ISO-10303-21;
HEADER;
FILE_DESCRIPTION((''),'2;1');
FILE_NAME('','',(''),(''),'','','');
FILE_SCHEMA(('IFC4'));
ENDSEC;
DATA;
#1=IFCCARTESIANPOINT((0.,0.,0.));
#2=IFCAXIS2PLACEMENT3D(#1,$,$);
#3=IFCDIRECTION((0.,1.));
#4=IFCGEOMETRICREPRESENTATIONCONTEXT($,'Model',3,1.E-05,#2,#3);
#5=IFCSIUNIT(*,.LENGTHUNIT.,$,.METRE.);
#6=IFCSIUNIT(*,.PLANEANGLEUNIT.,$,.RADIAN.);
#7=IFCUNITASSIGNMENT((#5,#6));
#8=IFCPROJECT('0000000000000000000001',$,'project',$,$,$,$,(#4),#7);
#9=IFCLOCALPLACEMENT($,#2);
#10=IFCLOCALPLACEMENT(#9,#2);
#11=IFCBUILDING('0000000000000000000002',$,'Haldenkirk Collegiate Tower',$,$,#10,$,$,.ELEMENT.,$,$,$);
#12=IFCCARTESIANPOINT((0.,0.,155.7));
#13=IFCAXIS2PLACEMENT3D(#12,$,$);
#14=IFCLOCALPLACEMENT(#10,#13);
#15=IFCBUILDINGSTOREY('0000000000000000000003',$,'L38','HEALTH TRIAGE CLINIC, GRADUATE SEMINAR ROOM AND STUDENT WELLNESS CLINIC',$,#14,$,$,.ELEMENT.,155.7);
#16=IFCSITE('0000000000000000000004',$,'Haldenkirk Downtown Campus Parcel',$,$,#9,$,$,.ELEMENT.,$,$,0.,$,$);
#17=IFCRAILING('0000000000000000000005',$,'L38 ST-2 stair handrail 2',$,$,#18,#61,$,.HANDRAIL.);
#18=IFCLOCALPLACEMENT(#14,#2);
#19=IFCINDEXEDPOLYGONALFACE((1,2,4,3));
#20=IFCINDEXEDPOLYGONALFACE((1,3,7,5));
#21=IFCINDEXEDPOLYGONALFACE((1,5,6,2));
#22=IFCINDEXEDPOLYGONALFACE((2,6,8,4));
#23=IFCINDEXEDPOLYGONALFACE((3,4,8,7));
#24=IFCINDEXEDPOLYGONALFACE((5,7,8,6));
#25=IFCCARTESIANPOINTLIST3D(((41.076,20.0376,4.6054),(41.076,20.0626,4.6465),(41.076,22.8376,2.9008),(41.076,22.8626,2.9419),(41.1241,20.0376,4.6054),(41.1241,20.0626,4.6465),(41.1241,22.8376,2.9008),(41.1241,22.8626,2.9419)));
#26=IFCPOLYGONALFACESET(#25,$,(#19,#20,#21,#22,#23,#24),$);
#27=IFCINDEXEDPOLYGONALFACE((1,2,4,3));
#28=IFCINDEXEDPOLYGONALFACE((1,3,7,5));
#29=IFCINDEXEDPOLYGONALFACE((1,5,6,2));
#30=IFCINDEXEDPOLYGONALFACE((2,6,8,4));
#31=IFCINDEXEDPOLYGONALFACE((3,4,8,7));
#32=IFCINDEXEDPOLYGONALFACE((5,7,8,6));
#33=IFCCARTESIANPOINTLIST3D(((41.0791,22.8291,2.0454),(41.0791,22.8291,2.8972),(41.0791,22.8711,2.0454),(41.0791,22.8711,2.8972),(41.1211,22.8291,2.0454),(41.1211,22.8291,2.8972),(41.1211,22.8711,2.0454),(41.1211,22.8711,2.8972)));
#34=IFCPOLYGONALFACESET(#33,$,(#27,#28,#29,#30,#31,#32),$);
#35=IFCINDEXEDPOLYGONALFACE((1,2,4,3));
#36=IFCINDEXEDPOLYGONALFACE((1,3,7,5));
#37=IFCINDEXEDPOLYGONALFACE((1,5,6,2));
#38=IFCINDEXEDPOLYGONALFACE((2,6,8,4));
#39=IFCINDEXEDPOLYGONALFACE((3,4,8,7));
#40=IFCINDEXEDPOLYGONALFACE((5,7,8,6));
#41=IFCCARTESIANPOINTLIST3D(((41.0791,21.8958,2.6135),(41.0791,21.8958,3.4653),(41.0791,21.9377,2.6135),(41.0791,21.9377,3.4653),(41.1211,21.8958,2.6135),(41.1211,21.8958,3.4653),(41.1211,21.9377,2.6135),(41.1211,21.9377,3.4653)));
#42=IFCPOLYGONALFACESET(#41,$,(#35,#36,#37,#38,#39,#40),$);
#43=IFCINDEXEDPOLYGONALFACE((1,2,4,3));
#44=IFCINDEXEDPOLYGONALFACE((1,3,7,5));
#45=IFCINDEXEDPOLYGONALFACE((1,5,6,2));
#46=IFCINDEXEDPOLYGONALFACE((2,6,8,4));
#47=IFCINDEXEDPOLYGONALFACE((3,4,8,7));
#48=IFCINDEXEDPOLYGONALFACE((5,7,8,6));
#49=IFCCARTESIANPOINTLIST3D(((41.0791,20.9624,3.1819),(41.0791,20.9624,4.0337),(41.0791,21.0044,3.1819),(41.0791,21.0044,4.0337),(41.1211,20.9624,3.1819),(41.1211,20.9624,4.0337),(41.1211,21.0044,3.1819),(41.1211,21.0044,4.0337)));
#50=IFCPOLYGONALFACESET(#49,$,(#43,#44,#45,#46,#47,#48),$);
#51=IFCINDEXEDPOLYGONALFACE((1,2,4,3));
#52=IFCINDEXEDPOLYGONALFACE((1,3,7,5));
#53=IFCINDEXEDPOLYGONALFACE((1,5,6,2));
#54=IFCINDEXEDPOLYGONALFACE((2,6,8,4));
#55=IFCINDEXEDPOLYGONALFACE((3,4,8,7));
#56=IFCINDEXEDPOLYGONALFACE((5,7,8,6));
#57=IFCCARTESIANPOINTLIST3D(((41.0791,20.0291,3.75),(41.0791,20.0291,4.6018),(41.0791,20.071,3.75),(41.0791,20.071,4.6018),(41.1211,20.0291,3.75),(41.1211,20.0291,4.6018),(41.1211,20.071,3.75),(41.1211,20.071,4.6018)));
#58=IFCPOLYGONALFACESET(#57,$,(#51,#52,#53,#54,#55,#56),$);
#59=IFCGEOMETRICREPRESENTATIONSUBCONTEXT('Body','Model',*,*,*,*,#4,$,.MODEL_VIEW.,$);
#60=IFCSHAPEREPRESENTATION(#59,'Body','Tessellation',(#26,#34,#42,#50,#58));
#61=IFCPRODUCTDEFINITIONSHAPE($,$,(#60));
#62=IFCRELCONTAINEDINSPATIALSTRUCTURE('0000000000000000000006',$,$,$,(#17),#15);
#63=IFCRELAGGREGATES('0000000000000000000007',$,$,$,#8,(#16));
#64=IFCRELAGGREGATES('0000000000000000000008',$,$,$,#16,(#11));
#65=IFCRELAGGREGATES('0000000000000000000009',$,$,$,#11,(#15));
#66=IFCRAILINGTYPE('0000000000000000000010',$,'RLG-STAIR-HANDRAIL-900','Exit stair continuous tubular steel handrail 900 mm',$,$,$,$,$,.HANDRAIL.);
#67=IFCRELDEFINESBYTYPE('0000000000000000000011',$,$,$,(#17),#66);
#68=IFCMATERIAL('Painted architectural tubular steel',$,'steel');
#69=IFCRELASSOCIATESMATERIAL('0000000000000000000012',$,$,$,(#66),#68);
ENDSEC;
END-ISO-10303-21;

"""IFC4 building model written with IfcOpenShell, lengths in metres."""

from ifc_helpers import new_model, si_unit, direction, frame, origin, origin_2d, place, context, subcontext, project, spatial, rectangle, extrude, material, type_object, element, save


model = new_model("IFC4")

# Units and contexts
model_context = context("Model", 3, precision=1e-05, world=origin(), true_north=direction((0.0, 1.0)))
body_context = subcontext(model_context, "Body", "Model", "MODEL_VIEW")
ifc_project = project(units=[si_unit("LENGTHUNIT", "METRE"), si_unit("PLANEANGLEUNIT", "RADIAN")], contexts=[model_context])

# Site, building, storey
site_placement = place(None, origin())
site = spatial("IfcSite", under=ifc_project, at=site_placement, Name="Haldenkirk Downtown Campus Parcel", CompositionType="ELEMENT", RefElevation=0.0)
building_placement = place(site_placement, origin())
building = spatial("IfcBuilding", under=site, at=building_placement, Name="Haldenkirk Collegiate Tower", CompositionType="ELEMENT")
storey_placement = place(building_placement, frame((0.0, 0.0, 155.7)))
storey = spatial("IfcBuildingStorey", under=building, at=storey_placement, Name="L38", Description="HEALTH TRIAGE CLINIC, GRADUATE SEMINAR ROOM AND STUDENT WELLNESS CLINIC", CompositionType="ELEMENT", Elevation=155.7)

# Railing
ifc_material_1 = material(Name="Painted architectural tubular steel", Category="steel")
railing_type_1 = type_object("IfcRailingType", Name="RLG-STAIR-HANDRAIL-900", Description="Exit stair continuous tubular steel handrail 900 mm", PredefinedType="HANDRAIL", material=ifc_material_1)
railing_1_placement = place(storey_placement, frame((41.1001, 22.8501, 2.0454)))
element("IfcRailing", 1, at=railing_1_placement, inside=storey, type_object=railing_type_1, Name="L38 ST-2 stair handrail 2", PredefinedType="HANDRAIL", context=body_context, shape_type="SweptSolid", body=[
    extrude(rectangle(XDim=0.0481, YDim=0.0481, at=origin_2d()), frame((0.0, 0.0, 0.876), z_axis=(0.0, -0.85417, 0.519994), x_axis=(1.0, 0.0, 0.0)), (0.0, 0.0, 1.0), 3.2781),
    extrude(rectangle(XDim=0.042, YDim=0.042, at=origin_2d()), origin(), (0.0, 0.0, 1.0), 0.8518),
    extrude(rectangle(XDim=0.042, YDim=0.042, at=origin_2d()), frame((0.0, -0.9333, 0.5681)), (0.0, 0.0, 1.0), 0.8518),
    extrude(rectangle(XDim=0.042, YDim=0.042, at=origin_2d()), frame((0.0, -1.8667, 1.1365)), (0.0, 0.0, 1.0), 0.8518),
    extrude(rectangle(XDim=0.042, YDim=0.042, at=origin_2d()), frame((0.0, -2.8, 1.7046)), (0.0, 0.0, 1.0), 0.8518),
])

save(model, "model.ifc")
